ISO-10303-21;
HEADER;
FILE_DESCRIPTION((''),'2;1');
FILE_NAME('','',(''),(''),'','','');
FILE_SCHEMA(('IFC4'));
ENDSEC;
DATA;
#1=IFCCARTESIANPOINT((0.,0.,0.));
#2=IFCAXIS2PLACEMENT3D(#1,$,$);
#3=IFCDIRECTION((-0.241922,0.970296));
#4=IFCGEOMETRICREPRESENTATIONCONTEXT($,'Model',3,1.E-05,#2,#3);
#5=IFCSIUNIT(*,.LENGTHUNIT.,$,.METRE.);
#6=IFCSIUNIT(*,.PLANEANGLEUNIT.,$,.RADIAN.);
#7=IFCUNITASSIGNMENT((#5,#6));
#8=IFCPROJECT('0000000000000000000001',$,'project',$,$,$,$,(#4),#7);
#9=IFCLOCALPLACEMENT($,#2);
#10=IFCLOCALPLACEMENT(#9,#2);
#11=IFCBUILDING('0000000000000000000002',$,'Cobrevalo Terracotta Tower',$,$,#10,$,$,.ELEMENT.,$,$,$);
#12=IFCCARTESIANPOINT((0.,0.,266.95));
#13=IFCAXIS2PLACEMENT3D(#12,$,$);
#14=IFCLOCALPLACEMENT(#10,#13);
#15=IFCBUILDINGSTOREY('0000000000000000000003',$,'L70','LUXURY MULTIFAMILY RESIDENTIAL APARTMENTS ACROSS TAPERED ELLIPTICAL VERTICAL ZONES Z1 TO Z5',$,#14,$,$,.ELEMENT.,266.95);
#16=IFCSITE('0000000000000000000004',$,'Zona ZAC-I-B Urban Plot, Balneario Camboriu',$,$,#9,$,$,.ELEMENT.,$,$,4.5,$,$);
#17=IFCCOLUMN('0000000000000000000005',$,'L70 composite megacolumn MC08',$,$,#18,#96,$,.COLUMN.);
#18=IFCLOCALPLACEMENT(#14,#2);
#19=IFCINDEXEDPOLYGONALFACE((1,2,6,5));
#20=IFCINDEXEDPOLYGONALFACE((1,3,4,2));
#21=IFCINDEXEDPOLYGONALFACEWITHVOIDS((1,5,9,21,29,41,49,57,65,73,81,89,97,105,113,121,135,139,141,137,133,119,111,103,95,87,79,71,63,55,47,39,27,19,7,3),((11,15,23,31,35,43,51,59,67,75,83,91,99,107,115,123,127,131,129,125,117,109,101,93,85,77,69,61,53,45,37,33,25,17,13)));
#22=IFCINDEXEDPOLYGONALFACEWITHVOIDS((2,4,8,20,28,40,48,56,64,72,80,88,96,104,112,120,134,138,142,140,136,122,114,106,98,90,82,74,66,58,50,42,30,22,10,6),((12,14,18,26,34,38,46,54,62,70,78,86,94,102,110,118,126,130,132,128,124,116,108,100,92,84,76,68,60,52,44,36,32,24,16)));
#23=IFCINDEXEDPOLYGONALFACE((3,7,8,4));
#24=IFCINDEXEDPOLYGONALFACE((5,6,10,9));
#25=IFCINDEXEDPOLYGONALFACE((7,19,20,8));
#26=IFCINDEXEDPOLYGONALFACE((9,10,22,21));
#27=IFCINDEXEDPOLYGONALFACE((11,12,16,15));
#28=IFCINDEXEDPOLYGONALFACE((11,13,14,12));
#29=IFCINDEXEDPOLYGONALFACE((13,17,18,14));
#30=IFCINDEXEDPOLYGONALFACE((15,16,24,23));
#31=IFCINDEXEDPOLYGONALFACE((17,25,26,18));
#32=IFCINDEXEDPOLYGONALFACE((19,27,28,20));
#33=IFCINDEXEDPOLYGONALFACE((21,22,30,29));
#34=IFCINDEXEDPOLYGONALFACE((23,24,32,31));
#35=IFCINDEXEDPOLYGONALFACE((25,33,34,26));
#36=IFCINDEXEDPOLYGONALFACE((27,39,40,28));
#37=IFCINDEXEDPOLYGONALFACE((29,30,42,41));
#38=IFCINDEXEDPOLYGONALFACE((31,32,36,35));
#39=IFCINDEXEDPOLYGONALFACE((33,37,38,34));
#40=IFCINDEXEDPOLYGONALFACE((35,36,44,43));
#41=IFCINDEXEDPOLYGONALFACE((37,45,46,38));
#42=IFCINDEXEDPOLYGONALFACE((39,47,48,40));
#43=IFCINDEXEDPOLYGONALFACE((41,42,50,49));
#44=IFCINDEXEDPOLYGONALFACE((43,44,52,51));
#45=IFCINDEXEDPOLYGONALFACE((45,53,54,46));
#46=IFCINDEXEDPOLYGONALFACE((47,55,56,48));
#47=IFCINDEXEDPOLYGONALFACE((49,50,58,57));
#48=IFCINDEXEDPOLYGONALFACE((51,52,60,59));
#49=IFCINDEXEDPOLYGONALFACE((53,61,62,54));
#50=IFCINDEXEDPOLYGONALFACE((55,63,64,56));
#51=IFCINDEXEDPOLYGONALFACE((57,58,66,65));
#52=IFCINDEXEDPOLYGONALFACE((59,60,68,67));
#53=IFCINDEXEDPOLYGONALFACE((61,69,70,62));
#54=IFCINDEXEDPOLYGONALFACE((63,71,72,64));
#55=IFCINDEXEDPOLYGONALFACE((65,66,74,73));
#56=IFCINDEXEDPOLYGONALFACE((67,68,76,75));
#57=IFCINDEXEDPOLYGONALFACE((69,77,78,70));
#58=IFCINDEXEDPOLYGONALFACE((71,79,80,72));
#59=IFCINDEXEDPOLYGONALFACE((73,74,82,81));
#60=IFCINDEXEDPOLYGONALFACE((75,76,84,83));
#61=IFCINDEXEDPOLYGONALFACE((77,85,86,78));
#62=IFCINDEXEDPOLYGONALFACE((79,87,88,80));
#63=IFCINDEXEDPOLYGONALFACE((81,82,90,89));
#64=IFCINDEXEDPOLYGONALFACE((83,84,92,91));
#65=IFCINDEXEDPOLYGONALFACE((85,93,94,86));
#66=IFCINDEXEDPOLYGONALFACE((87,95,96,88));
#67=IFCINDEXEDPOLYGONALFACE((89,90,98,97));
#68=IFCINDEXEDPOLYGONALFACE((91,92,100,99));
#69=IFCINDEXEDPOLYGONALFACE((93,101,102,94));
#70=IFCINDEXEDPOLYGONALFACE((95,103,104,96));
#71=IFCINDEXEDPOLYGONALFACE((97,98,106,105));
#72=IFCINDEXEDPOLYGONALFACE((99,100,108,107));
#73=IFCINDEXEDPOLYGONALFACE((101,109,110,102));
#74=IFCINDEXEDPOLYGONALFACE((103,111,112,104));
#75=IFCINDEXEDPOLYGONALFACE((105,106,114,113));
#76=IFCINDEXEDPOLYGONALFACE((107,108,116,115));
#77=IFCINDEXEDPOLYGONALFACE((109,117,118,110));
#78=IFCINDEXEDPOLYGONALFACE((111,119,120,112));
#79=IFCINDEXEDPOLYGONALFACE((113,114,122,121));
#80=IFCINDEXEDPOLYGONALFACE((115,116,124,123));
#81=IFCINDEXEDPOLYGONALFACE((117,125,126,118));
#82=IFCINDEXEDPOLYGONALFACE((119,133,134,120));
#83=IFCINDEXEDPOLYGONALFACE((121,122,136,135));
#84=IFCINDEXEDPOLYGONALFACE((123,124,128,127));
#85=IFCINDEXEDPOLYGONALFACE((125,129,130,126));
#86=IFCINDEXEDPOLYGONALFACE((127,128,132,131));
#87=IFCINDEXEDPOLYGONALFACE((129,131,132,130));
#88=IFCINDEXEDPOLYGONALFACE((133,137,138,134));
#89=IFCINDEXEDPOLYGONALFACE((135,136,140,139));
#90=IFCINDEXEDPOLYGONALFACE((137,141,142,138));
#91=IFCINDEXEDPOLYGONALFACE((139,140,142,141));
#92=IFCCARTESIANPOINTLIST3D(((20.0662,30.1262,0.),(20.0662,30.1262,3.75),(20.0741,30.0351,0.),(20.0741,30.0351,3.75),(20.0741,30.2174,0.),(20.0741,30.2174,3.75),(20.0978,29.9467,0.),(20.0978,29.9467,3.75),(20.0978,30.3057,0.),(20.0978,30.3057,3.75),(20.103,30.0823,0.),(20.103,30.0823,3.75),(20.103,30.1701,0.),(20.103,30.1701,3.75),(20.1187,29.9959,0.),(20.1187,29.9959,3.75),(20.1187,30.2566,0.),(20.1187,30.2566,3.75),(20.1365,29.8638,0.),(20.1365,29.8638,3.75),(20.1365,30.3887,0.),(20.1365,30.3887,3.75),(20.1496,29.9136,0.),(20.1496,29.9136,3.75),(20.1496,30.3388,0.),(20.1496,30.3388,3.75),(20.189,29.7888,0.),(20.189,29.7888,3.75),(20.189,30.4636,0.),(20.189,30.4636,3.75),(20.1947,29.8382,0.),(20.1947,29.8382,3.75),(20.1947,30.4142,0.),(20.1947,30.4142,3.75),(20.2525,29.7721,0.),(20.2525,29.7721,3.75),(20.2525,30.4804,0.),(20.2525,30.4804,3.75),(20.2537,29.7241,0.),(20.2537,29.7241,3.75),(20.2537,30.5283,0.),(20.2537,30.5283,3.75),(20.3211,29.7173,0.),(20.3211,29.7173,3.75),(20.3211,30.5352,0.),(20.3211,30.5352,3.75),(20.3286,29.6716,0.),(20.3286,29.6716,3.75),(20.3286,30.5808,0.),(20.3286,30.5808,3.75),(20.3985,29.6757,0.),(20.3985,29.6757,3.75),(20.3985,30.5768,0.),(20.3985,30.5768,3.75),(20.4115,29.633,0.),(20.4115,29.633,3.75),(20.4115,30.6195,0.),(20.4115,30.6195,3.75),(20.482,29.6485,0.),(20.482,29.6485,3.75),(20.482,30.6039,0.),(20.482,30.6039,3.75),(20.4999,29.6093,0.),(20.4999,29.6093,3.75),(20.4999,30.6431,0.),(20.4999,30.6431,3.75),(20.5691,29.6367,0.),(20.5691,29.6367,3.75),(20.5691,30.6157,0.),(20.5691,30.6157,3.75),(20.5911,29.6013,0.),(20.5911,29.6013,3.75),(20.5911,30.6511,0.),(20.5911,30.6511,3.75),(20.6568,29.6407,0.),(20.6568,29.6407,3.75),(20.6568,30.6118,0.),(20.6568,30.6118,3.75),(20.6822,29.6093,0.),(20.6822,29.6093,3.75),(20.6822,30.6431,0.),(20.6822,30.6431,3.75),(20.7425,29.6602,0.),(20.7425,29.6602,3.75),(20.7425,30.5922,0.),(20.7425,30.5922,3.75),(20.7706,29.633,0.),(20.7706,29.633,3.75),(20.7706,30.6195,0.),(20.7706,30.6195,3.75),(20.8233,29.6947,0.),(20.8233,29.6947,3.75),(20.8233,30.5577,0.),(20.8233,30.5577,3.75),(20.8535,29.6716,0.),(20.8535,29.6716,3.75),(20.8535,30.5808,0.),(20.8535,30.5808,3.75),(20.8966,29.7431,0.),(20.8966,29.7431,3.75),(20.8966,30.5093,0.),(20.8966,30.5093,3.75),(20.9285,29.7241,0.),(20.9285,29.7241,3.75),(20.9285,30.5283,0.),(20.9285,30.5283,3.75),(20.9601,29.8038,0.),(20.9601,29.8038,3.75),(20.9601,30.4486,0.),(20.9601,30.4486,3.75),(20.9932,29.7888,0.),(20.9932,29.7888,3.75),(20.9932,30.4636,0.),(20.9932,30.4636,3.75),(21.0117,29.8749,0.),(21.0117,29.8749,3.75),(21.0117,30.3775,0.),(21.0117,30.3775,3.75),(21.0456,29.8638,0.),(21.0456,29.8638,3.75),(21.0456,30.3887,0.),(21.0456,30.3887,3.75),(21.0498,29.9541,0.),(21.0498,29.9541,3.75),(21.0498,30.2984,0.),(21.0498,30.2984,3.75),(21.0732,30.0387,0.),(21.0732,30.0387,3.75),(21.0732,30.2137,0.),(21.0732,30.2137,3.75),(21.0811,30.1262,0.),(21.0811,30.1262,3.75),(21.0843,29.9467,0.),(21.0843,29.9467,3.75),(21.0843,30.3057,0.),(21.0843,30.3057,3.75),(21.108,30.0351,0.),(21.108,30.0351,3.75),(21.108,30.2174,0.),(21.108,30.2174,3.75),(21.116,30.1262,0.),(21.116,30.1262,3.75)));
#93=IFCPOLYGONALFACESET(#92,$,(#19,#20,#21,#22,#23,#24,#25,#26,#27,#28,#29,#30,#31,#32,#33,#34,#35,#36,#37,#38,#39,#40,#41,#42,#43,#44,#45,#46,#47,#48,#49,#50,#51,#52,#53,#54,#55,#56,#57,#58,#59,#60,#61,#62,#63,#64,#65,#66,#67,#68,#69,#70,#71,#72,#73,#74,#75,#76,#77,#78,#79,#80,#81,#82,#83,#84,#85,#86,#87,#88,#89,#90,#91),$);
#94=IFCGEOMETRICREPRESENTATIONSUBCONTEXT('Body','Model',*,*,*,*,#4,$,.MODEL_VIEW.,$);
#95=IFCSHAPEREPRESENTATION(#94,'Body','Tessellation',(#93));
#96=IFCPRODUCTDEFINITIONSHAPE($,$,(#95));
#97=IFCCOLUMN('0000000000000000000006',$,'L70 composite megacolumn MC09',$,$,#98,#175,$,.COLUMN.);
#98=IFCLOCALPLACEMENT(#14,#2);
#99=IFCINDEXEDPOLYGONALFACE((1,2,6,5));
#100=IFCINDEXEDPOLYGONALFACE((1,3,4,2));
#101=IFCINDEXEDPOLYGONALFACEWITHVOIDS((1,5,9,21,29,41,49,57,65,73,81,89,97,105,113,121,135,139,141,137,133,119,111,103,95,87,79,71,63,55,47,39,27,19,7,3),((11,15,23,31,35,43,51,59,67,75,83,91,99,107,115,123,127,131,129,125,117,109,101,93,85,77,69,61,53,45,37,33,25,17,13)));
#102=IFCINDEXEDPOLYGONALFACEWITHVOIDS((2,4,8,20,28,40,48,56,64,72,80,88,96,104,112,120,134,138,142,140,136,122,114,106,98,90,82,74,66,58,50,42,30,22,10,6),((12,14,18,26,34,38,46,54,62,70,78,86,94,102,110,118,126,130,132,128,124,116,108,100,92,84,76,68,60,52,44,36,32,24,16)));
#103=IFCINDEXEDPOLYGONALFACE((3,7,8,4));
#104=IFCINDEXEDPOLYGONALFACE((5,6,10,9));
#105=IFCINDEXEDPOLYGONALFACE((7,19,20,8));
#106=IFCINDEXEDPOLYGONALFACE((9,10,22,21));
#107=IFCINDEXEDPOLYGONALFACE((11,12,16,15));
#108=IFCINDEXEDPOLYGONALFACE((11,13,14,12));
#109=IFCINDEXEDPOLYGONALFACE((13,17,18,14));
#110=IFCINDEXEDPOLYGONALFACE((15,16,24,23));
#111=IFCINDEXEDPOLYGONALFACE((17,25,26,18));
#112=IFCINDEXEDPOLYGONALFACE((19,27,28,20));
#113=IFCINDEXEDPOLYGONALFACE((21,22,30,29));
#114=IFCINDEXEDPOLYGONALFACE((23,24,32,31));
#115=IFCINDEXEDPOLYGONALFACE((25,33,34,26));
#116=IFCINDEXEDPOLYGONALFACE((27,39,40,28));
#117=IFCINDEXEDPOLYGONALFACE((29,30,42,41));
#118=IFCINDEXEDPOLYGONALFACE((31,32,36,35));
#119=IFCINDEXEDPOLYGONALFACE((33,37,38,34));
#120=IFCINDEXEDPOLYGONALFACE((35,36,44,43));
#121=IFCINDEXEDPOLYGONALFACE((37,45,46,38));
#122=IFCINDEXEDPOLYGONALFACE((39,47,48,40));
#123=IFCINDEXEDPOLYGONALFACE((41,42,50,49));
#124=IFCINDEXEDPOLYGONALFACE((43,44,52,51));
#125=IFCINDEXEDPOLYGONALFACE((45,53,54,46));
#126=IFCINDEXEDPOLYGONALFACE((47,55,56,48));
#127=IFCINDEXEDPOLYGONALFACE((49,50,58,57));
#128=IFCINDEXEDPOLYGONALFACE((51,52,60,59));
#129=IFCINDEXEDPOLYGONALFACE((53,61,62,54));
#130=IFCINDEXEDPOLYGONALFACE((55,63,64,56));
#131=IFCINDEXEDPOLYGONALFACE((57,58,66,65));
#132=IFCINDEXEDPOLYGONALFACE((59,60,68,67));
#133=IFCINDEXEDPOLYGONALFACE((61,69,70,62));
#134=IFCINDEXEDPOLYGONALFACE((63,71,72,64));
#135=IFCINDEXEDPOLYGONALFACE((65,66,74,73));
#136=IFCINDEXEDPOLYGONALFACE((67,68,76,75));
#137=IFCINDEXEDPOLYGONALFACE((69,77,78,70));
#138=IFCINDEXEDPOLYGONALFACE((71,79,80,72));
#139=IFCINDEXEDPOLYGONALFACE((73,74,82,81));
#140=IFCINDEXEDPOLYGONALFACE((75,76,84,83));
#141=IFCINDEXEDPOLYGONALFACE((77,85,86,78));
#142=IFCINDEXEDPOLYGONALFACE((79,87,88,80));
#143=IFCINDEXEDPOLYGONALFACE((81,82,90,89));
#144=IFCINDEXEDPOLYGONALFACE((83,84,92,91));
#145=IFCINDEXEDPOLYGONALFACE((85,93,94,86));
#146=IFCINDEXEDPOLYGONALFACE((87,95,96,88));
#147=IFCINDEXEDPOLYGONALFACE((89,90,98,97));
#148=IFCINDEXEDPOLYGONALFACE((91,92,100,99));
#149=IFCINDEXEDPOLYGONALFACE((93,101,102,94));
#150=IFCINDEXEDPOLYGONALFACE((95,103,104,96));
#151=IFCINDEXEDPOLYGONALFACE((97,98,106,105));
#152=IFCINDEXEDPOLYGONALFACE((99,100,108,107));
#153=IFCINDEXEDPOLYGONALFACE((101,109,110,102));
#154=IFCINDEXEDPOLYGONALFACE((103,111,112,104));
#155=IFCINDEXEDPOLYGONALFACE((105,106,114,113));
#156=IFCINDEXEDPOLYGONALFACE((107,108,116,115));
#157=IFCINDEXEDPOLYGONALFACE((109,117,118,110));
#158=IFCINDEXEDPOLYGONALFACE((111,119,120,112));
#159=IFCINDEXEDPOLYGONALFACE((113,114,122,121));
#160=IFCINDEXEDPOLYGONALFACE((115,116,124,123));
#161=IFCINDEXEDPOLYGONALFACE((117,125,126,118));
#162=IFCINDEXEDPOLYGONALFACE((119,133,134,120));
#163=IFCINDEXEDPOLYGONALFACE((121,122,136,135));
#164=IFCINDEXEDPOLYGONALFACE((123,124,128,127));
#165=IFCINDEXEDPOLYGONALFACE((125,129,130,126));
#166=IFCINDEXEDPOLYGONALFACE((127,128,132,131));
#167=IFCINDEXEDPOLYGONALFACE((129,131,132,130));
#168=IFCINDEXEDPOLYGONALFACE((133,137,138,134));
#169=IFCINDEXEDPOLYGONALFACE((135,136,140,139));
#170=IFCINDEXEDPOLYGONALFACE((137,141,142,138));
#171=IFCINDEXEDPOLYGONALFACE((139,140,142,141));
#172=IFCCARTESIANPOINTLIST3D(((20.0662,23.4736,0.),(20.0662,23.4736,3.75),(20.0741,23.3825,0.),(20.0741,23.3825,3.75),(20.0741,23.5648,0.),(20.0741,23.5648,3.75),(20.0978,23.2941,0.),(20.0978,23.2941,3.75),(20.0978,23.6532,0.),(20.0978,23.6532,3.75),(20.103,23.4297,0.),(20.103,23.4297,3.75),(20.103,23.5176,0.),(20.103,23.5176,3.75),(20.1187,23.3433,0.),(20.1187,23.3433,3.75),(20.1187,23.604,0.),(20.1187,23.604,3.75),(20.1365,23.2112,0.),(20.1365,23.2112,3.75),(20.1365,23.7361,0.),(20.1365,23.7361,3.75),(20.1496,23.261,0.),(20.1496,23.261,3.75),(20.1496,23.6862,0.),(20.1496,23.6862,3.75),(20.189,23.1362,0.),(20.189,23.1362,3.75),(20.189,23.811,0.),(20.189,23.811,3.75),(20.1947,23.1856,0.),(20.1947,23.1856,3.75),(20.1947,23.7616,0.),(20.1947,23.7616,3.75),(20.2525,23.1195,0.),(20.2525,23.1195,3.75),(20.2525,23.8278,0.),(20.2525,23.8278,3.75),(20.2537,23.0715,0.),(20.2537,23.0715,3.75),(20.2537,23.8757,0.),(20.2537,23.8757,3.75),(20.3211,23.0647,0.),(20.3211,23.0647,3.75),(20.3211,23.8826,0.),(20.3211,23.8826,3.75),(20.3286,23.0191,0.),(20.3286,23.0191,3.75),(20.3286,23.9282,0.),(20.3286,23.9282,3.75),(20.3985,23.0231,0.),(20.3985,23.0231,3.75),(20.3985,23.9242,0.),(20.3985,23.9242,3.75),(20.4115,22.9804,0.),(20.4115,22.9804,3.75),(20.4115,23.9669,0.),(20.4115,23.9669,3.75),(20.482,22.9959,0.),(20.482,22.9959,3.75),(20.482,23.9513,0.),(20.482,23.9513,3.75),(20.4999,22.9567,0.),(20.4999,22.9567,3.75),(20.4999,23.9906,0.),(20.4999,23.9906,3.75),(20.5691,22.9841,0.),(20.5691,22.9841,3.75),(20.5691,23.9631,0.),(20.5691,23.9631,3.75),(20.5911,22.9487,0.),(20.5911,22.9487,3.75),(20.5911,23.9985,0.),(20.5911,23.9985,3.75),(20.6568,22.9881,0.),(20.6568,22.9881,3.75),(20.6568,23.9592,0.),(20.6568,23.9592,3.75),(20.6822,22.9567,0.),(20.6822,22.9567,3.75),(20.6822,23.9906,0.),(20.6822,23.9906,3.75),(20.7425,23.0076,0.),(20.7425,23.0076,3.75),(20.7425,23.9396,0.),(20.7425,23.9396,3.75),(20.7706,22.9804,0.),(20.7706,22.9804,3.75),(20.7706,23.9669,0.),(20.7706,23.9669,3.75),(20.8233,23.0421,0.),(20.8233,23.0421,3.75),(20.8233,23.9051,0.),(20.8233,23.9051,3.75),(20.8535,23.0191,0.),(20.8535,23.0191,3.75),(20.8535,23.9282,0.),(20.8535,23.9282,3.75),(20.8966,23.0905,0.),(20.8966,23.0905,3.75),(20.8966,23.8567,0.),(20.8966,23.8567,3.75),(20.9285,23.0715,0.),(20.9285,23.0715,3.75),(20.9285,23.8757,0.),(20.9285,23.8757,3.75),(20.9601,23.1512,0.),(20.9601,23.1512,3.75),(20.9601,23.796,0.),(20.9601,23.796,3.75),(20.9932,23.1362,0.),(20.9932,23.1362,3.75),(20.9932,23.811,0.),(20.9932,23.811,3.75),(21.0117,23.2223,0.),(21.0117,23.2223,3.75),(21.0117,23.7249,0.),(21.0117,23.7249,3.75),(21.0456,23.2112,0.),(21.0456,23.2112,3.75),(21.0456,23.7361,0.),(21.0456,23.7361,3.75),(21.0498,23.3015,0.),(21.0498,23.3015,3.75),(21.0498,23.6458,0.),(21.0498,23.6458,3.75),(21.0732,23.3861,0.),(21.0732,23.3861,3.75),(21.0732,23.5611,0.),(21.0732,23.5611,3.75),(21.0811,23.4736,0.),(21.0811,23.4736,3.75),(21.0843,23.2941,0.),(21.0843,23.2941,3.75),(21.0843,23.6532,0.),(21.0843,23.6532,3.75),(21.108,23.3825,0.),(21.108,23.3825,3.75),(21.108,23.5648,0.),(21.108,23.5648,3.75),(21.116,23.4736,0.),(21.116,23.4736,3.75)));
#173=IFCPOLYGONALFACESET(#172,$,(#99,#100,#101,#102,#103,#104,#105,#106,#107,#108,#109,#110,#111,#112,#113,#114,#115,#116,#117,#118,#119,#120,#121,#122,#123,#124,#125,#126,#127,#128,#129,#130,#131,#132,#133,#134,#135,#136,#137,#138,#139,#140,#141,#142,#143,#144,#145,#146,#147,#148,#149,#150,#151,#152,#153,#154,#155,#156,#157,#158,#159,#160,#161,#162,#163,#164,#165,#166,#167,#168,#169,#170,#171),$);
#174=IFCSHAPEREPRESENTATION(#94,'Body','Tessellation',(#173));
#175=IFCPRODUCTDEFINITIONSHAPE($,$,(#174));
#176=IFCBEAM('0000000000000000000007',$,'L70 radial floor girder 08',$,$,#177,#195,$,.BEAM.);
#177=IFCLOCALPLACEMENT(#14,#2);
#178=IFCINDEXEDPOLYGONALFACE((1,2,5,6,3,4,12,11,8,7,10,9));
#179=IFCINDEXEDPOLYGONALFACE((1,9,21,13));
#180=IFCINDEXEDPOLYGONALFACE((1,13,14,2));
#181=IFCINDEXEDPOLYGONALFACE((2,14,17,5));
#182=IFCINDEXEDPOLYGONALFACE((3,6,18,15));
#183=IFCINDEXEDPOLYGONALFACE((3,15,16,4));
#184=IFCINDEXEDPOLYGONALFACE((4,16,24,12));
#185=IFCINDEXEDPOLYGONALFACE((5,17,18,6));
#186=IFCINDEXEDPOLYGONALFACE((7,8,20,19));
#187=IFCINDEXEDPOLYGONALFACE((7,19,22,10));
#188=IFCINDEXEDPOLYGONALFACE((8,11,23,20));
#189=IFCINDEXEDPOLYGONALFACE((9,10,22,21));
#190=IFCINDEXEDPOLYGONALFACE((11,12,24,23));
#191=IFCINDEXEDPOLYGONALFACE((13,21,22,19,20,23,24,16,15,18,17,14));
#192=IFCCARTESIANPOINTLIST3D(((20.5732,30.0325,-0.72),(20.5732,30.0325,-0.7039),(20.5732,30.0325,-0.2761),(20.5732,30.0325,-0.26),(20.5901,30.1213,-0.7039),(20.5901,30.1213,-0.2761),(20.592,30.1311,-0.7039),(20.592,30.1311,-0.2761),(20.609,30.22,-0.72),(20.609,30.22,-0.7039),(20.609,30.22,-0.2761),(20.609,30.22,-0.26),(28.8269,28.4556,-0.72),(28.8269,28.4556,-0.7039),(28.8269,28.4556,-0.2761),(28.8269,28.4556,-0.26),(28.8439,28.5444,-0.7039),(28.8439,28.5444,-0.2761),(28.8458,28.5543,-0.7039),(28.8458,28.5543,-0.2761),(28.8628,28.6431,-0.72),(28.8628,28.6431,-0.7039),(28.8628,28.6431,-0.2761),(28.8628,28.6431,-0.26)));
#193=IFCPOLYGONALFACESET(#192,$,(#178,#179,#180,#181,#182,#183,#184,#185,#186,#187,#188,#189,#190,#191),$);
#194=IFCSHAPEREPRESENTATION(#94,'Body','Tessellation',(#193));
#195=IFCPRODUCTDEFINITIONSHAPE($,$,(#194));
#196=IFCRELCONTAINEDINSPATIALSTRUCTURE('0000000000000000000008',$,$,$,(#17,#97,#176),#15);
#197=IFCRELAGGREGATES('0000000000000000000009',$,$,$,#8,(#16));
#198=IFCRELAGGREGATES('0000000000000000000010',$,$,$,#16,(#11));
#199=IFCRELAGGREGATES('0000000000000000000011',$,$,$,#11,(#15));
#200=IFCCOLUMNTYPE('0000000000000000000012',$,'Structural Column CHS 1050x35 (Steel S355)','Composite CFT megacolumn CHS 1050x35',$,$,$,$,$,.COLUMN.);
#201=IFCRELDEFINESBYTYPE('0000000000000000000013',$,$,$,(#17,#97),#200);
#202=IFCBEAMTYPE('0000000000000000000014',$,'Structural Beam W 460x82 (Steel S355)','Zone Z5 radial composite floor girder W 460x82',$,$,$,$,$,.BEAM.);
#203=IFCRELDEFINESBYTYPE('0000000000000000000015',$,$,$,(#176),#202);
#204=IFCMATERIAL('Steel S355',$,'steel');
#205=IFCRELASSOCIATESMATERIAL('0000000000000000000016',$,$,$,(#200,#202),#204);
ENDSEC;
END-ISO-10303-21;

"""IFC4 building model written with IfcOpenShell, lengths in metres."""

from ifc_helpers import new_model, si_unit, direction, frame, origin, origin_2d, place, context, subcontext, project, spatial, hollow_circle, i_section, extrude, material, material_profile, profile_set, type_object, element, save


model = new_model("IFC4")

# Units and contexts
model_context = context("Model", 3, precision=1e-05, world=origin(), true_north=direction((-0.241922, 0.970296)))
body_context = subcontext(model_context, "Body", "Model", "MODEL_VIEW")
ifc_project = project(units=[si_unit("LENGTHUNIT", "METRE"), si_unit("PLANEANGLEUNIT", "RADIAN")], contexts=[model_context])

# Site, building, storey
site_placement = place(None, origin())
site = spatial("IfcSite", under=ifc_project, at=site_placement, Name="Zona ZAC-I-B Urban Plot, Balneario Camboriu", CompositionType="ELEMENT", RefElevation=4.5)
building_placement = place(site_placement, origin())
building = spatial("IfcBuilding", under=site, at=building_placement, Name="Cobrevalo Terracotta Tower", CompositionType="ELEMENT")
storey_placement = place(building_placement, frame((0.0, 0.0, 266.95)))
storey = spatial("IfcBuildingStorey", under=building, at=storey_placement, Name="L70", Description="LUXURY MULTIFAMILY RESIDENTIAL APARTMENTS ACROSS TAPERED ELLIPTICAL VERTICAL ZONES Z1 TO Z5", CompositionType="ELEMENT", Elevation=266.95)

# Columns
ifc_material_1 = material(Name="Steel S355", Category="steel")
ifc_material_profile_1 = material_profile(ifc_material_1, hollow_circle(Radius=0.5249, WallThickness=0.0349, at=origin_2d()), Name="CHS 1050x35")
ifc_profile_set_1 = profile_set([ifc_material_profile_1], Name="Steel S355")
column_type = type_object("IfcColumnType", Name="Structural Column CHS 1050x35 (Steel S355)", Description="Composite CFT megacolumn CHS 1050x35", PredefinedType="COLUMN", material=ifc_profile_set_1)
for number, where, z_axis, x_axis, name in (
    (1, (20.5911, 30.1262, 0.0), (0.0, 0.0, 1.0), (1.0, 0.0, 0.0), "L70 composite megacolumn MC08"),
    (2, (20.5911, 23.4736, 0.0), (0.0, 0.0, 1.0), (1.0, 0.0, 0.0), "L70 composite megacolumn MC09"),
):
    element("IfcColumn", number, at=place(storey_placement, frame(where, z_axis=z_axis, x_axis=x_axis)), inside=storey, type_object=column_type, Name=name, PredefinedType="COLUMN", context=body_context, shape_type="SweptSolid", body=[
        extrude(hollow_circle(Radius=0.5249, WallThickness=0.0349, at=origin_2d()), origin(), (0.0, 0.0, 1.0), 3.75),
    ])

# Beam
ifc_material_profile_2 = material_profile(ifc_material_1, i_section(OverallWidth=0.1909, OverallDepth=0.46, WebThickness=0.01, FlangeThickness=0.0161, at=origin_2d()), Name="W 460x82")
ifc_profile_set_2 = profile_set([ifc_material_profile_2], Name="Steel S355")
beam_type_1 = type_object("IfcBeamType", Name="Structural Beam W 460x82 (Steel S355)", Description="Zone Z5 radial composite floor girder W 460x82", PredefinedType="BEAM", material=ifc_profile_set_2)
beam_1_placement = place(storey_placement, frame((20.5911, 30.1262, -0.49), z_axis=(0.982235, -0.187655, 0.0), x_axis=(0.187655, 0.982235, 0.0)))
element("IfcBeam", 3, at=beam_1_placement, inside=storey, type_object=beam_type_1, Name="L70 radial floor girder 08", PredefinedType="BEAM", context=body_context, shape_type="SweptSolid", body=[
    extrude(i_section(OverallWidth=0.1909, OverallDepth=0.46, WebThickness=0.01, FlangeThickness=0.0161, at=origin_2d()), origin(), (0.0, 0.0, 1.0), 8.4031),
])

save(model, "model.ifc")
